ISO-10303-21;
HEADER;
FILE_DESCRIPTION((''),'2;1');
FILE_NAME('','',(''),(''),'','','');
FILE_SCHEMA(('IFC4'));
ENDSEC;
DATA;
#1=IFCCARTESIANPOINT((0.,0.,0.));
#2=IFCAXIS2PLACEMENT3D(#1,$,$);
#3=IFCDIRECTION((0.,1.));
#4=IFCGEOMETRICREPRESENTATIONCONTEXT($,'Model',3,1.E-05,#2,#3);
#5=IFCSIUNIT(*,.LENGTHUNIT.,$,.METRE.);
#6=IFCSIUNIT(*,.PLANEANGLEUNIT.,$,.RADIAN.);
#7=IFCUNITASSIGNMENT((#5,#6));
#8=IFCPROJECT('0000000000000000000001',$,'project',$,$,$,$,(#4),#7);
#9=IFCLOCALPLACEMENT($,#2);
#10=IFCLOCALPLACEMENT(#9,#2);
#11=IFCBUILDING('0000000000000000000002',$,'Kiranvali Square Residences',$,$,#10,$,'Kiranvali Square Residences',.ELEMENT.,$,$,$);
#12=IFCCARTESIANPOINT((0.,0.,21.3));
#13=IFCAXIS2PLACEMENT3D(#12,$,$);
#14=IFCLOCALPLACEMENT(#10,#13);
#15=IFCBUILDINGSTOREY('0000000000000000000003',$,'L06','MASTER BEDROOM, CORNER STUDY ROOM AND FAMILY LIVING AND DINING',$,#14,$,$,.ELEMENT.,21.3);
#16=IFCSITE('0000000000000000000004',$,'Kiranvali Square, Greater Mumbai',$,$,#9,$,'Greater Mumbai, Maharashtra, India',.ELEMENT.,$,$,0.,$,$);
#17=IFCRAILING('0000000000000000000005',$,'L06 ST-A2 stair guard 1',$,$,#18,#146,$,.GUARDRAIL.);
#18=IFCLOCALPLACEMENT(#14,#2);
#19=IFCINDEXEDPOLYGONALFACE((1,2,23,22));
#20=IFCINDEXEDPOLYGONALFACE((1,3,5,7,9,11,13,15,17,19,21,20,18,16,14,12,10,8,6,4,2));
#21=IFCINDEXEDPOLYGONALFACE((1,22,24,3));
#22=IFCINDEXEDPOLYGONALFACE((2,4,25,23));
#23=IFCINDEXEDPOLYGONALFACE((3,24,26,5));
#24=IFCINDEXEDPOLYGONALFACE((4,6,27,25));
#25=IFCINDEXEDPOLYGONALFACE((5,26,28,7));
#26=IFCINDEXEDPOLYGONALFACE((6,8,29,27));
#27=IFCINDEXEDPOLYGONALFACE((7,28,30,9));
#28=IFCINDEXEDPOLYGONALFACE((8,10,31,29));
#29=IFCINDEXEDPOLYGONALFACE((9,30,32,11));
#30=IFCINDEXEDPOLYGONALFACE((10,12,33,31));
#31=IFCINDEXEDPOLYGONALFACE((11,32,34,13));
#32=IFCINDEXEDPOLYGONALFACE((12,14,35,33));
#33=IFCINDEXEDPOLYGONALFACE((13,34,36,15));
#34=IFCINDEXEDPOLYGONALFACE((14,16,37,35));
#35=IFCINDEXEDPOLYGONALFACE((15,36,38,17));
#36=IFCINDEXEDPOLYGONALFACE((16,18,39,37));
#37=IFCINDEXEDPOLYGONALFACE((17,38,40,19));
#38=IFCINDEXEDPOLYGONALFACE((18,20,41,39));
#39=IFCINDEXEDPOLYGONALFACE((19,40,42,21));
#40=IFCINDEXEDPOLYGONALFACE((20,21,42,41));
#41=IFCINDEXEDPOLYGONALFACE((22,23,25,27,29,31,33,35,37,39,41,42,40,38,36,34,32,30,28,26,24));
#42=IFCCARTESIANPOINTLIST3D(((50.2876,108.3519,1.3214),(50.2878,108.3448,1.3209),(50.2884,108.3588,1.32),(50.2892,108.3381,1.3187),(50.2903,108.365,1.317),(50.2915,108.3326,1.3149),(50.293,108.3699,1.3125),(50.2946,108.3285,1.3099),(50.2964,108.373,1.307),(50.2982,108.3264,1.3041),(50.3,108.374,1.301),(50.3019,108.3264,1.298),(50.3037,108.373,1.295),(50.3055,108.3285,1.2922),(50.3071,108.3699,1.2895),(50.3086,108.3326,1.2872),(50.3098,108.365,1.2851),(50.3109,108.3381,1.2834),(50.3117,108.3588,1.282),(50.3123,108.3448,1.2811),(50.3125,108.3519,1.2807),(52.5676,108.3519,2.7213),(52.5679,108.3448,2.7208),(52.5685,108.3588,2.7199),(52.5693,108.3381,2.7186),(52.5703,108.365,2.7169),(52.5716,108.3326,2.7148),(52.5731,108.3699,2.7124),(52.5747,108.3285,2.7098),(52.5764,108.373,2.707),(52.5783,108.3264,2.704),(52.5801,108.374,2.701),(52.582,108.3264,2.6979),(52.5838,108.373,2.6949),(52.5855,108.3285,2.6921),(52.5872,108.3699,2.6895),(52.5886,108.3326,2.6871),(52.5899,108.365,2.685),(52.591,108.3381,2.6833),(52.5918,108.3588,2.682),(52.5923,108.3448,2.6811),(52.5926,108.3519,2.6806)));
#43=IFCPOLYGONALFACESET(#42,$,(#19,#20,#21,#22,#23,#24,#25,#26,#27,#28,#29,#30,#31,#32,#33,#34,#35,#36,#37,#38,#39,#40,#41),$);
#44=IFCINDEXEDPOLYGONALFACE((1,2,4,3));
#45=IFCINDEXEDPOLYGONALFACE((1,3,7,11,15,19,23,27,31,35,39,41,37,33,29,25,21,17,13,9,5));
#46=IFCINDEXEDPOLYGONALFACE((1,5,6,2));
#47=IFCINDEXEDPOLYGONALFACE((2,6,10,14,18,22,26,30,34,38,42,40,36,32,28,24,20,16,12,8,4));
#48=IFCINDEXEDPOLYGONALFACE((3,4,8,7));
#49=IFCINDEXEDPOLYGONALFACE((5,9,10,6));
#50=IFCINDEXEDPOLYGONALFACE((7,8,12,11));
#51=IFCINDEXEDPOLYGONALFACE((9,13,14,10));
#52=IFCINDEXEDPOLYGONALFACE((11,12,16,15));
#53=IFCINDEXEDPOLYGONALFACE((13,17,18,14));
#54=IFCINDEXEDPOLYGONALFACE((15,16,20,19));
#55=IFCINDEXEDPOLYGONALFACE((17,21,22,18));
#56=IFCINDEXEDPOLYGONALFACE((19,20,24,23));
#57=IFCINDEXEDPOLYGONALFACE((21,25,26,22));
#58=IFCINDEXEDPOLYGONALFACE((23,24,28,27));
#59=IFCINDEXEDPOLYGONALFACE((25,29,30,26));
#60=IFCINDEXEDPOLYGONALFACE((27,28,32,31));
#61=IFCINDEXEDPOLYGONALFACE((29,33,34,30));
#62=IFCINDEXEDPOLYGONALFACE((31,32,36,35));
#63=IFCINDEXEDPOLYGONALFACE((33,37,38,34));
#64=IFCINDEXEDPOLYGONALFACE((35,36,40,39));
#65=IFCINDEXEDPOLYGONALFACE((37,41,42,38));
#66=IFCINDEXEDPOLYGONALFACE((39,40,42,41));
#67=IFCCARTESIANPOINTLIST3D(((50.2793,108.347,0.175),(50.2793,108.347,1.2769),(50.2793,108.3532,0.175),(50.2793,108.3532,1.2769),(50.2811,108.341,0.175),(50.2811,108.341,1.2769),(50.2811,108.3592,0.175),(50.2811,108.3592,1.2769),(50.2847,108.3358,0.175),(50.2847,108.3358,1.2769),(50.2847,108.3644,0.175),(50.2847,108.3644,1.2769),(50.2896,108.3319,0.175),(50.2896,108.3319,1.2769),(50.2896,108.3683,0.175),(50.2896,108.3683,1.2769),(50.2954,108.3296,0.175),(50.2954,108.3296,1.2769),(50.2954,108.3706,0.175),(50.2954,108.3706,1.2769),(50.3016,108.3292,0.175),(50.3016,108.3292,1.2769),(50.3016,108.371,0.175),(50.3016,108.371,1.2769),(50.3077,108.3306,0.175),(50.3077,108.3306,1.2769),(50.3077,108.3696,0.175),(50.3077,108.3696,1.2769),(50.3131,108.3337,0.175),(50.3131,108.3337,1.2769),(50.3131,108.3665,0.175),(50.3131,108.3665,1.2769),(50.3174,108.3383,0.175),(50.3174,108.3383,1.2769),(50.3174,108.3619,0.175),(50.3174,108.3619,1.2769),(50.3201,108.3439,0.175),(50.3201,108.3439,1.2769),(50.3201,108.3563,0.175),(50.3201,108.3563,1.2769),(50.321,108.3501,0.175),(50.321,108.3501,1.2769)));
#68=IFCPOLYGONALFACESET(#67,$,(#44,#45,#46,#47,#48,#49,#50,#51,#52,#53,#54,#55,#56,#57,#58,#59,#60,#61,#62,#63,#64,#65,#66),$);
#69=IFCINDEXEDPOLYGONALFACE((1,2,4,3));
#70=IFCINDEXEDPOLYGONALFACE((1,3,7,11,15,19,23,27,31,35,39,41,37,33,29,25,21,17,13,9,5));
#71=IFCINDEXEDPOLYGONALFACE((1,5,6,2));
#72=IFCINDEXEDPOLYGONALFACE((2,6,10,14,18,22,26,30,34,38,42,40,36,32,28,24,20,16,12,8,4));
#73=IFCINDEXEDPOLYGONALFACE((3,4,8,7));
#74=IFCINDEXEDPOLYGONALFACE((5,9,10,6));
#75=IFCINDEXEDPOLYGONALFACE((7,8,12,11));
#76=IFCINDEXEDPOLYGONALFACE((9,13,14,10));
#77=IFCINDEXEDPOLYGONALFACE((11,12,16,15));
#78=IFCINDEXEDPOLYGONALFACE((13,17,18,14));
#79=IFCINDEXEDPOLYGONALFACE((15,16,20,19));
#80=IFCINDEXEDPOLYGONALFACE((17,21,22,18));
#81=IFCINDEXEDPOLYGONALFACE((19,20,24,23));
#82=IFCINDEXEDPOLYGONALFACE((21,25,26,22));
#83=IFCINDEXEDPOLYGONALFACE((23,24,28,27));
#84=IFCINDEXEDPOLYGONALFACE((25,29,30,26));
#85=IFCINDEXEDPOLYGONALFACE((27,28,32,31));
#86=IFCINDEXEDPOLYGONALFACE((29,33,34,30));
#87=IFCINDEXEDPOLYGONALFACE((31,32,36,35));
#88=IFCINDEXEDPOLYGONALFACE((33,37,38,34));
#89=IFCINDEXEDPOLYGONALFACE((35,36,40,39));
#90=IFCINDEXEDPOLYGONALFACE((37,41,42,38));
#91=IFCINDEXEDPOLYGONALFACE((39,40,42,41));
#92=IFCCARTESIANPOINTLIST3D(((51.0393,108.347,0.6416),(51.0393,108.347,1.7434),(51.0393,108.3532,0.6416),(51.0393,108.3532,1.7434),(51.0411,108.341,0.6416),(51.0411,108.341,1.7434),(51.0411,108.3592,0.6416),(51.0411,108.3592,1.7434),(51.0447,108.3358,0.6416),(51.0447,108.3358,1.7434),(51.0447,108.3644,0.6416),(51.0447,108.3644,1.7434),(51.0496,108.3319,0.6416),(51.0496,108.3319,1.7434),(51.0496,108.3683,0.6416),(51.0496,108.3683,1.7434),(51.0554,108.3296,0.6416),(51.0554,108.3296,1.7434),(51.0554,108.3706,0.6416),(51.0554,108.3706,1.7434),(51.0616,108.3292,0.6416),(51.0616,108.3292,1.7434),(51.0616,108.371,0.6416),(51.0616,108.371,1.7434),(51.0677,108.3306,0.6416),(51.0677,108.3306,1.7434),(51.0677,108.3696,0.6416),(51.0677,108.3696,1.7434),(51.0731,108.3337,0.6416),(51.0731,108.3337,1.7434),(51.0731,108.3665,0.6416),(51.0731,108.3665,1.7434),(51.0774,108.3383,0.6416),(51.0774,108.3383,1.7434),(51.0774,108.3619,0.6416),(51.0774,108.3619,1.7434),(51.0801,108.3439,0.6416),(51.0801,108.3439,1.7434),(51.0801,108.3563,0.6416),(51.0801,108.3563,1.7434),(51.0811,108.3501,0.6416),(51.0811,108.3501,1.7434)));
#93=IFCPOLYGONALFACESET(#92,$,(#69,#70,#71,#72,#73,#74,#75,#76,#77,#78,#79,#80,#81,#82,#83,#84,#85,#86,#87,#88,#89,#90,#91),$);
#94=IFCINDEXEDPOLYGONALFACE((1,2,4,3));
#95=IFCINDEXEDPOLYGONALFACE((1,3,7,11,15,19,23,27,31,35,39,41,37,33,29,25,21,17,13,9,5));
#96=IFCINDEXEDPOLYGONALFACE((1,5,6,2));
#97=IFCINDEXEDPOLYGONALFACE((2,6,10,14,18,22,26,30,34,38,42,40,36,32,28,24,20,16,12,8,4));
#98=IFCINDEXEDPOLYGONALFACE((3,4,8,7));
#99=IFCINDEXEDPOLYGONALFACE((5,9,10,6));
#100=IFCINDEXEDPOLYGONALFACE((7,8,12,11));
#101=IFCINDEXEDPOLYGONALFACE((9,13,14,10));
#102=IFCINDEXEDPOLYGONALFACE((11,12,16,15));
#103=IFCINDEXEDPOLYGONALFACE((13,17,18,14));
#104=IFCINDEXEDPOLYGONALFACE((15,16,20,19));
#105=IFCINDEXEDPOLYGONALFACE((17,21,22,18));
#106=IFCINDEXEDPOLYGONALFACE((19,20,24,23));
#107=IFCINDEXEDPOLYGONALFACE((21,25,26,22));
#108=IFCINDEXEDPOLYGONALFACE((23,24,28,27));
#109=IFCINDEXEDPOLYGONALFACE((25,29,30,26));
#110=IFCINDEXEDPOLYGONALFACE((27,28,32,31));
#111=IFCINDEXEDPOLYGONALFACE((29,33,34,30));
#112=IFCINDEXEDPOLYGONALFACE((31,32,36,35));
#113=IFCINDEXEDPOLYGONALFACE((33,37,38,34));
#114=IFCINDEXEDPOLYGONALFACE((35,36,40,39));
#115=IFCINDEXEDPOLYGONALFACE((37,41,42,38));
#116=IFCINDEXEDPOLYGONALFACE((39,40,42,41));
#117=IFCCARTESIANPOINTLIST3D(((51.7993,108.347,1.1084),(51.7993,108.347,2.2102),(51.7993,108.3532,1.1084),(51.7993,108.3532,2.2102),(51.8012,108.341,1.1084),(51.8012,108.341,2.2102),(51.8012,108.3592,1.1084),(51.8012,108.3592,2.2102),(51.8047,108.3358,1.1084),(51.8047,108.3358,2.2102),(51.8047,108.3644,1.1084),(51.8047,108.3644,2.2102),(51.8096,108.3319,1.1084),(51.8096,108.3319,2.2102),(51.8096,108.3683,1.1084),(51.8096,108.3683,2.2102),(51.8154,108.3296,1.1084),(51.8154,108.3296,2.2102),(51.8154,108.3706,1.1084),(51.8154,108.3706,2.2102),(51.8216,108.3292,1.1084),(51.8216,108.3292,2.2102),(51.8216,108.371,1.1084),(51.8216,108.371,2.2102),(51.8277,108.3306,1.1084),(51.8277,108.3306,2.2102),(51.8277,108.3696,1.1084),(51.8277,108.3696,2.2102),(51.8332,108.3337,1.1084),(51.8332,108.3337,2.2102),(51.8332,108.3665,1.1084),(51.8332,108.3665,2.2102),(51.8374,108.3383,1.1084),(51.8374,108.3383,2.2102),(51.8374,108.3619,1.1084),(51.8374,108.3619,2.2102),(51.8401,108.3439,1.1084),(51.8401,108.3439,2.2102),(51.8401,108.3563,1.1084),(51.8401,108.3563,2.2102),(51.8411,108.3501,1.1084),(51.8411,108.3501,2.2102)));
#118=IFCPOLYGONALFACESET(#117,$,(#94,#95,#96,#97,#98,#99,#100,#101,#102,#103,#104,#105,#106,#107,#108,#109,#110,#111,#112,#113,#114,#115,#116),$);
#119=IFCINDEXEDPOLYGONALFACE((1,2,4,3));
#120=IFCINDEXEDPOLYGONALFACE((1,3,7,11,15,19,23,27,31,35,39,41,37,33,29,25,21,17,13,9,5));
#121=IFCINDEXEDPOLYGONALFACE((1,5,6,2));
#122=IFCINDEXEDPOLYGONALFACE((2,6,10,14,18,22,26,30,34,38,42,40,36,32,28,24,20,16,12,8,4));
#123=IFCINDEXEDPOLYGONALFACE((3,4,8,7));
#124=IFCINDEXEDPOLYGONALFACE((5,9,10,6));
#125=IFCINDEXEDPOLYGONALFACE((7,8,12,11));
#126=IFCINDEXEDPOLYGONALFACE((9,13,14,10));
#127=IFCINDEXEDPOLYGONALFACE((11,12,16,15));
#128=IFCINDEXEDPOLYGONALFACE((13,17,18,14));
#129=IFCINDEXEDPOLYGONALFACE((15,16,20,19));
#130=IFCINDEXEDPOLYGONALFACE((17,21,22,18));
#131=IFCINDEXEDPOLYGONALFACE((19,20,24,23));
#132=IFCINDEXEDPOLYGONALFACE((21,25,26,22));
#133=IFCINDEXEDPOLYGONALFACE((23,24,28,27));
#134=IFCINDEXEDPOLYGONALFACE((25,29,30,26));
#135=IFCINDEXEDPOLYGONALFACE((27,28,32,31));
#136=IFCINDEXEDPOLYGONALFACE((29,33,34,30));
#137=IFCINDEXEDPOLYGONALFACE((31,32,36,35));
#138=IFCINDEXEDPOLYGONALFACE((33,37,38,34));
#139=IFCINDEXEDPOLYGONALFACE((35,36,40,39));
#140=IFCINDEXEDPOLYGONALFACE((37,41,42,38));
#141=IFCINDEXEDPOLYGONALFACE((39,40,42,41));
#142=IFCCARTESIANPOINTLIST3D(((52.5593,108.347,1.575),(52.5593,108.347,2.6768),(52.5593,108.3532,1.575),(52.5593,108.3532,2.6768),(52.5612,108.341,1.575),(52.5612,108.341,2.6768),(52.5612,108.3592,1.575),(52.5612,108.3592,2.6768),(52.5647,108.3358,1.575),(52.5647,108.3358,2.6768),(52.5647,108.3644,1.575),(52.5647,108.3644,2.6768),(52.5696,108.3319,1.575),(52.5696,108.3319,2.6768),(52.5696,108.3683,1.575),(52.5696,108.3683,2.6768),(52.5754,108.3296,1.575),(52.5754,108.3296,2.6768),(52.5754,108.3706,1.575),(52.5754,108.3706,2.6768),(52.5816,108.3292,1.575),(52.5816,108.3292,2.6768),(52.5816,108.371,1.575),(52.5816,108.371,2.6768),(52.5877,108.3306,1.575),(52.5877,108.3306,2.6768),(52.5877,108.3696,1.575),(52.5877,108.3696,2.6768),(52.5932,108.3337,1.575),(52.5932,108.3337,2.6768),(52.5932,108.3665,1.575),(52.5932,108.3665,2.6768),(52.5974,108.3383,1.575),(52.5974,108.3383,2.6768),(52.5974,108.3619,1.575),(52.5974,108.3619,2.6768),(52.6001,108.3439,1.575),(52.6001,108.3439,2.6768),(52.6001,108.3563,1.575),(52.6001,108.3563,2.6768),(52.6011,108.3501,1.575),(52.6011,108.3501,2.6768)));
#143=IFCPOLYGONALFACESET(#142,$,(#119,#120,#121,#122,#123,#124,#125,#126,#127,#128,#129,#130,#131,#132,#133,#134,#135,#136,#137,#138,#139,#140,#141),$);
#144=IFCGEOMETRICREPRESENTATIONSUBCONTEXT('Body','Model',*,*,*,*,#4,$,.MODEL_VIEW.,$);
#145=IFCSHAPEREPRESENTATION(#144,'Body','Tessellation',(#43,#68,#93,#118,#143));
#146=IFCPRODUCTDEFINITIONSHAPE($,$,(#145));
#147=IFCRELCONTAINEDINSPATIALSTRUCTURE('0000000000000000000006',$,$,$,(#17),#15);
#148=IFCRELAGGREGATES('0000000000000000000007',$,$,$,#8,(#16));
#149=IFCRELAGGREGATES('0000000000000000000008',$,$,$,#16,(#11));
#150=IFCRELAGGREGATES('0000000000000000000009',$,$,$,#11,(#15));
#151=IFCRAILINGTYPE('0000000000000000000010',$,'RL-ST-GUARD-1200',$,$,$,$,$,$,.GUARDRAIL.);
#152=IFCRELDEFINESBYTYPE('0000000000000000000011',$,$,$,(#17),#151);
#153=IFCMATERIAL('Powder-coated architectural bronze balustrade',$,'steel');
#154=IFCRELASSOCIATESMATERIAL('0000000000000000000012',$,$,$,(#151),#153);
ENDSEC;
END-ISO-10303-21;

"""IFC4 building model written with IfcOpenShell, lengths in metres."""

from ifc_helpers import new_model, si_unit, direction, frame, origin, origin_2d, place, context, subcontext, project, spatial, circle, extrude, material, type_object, element, save


model = new_model("IFC4")

# Units and contexts
model_context = context("Model", 3, precision=1e-05, world=origin(), true_north=direction((0.0, 1.0)))
body_context = subcontext(model_context, "Body", "Model", "MODEL_VIEW")
ifc_project = project(units=[si_unit("LENGTHUNIT", "METRE"), si_unit("PLANEANGLEUNIT", "RADIAN")], contexts=[model_context])

# Site, building, storey
site_placement = place(None, origin())
site = spatial("IfcSite", under=ifc_project, at=site_placement, Name="Kiranvali Square, Greater Mumbai", LongName="Greater Mumbai, Maharashtra, India", CompositionType="ELEMENT", RefElevation=0.0)
building_placement = place(site_placement, origin())
building = spatial("IfcBuilding", under=site, at=building_placement, Name="Kiranvali Square Residences", LongName="Kiranvali Square Residences", CompositionType="ELEMENT")
storey_placement = place(building_placement, frame((0.0, 0.0, 21.3)))
storey = spatial("IfcBuildingStorey", under=building, at=storey_placement, Name="L06", Description="MASTER BEDROOM, CORNER STUDY ROOM AND FAMILY LIVING AND DINING", CompositionType="ELEMENT", Elevation=21.3)

# Railing
ifc_material_1 = material(Name="Powder-coated architectural bronze balustrade", Category="steel")
railing_type_1 = type_object("IfcRailingType", Name="RL-ST-GUARD-1200", PredefinedType="GUARDRAIL", material=ifc_material_1)
railing_1_placement = place(storey_placement, frame((50.3, 108.3501, 0.175)))
element("IfcRailing", 1, at=railing_1_placement, inside=storey, type_object=railing_type_1, Name="L06 ST-A2 stair guard 1", PredefinedType="GUARDRAIL", context=body_context, shape_type="SweptSolid", body=[
    extrude(circle(Radius=0.0239, at=origin_2d()), frame((0.0, 0.0, 1.126), z_axis=(0.85219, 0.0, 0.523232), x_axis=(0.0, 1.0, 0.0)), (0.0, 0.0, 1.0), 2.6755),
    extrude(circle(Radius=0.021, at=origin_2d()), origin(), (0.0, 0.0, 1.0), 1.1018),
    extrude(circle(Radius=0.021, at=origin_2d()), frame((0.76, 0.0, 0.4666)), (0.0, 0.0, 1.0), 1.1018),
    extrude(circle(Radius=0.021, at=origin_2d()), frame((1.52, 0.0, 0.9333)), (0.0, 0.0, 1.0), 1.1018),
    extrude(circle(Radius=0.021, at=origin_2d()), frame((2.28, 0.0, 1.3999)), (0.0, 0.0, 1.0), 1.1018),
])

save(model, "model.ifc")
